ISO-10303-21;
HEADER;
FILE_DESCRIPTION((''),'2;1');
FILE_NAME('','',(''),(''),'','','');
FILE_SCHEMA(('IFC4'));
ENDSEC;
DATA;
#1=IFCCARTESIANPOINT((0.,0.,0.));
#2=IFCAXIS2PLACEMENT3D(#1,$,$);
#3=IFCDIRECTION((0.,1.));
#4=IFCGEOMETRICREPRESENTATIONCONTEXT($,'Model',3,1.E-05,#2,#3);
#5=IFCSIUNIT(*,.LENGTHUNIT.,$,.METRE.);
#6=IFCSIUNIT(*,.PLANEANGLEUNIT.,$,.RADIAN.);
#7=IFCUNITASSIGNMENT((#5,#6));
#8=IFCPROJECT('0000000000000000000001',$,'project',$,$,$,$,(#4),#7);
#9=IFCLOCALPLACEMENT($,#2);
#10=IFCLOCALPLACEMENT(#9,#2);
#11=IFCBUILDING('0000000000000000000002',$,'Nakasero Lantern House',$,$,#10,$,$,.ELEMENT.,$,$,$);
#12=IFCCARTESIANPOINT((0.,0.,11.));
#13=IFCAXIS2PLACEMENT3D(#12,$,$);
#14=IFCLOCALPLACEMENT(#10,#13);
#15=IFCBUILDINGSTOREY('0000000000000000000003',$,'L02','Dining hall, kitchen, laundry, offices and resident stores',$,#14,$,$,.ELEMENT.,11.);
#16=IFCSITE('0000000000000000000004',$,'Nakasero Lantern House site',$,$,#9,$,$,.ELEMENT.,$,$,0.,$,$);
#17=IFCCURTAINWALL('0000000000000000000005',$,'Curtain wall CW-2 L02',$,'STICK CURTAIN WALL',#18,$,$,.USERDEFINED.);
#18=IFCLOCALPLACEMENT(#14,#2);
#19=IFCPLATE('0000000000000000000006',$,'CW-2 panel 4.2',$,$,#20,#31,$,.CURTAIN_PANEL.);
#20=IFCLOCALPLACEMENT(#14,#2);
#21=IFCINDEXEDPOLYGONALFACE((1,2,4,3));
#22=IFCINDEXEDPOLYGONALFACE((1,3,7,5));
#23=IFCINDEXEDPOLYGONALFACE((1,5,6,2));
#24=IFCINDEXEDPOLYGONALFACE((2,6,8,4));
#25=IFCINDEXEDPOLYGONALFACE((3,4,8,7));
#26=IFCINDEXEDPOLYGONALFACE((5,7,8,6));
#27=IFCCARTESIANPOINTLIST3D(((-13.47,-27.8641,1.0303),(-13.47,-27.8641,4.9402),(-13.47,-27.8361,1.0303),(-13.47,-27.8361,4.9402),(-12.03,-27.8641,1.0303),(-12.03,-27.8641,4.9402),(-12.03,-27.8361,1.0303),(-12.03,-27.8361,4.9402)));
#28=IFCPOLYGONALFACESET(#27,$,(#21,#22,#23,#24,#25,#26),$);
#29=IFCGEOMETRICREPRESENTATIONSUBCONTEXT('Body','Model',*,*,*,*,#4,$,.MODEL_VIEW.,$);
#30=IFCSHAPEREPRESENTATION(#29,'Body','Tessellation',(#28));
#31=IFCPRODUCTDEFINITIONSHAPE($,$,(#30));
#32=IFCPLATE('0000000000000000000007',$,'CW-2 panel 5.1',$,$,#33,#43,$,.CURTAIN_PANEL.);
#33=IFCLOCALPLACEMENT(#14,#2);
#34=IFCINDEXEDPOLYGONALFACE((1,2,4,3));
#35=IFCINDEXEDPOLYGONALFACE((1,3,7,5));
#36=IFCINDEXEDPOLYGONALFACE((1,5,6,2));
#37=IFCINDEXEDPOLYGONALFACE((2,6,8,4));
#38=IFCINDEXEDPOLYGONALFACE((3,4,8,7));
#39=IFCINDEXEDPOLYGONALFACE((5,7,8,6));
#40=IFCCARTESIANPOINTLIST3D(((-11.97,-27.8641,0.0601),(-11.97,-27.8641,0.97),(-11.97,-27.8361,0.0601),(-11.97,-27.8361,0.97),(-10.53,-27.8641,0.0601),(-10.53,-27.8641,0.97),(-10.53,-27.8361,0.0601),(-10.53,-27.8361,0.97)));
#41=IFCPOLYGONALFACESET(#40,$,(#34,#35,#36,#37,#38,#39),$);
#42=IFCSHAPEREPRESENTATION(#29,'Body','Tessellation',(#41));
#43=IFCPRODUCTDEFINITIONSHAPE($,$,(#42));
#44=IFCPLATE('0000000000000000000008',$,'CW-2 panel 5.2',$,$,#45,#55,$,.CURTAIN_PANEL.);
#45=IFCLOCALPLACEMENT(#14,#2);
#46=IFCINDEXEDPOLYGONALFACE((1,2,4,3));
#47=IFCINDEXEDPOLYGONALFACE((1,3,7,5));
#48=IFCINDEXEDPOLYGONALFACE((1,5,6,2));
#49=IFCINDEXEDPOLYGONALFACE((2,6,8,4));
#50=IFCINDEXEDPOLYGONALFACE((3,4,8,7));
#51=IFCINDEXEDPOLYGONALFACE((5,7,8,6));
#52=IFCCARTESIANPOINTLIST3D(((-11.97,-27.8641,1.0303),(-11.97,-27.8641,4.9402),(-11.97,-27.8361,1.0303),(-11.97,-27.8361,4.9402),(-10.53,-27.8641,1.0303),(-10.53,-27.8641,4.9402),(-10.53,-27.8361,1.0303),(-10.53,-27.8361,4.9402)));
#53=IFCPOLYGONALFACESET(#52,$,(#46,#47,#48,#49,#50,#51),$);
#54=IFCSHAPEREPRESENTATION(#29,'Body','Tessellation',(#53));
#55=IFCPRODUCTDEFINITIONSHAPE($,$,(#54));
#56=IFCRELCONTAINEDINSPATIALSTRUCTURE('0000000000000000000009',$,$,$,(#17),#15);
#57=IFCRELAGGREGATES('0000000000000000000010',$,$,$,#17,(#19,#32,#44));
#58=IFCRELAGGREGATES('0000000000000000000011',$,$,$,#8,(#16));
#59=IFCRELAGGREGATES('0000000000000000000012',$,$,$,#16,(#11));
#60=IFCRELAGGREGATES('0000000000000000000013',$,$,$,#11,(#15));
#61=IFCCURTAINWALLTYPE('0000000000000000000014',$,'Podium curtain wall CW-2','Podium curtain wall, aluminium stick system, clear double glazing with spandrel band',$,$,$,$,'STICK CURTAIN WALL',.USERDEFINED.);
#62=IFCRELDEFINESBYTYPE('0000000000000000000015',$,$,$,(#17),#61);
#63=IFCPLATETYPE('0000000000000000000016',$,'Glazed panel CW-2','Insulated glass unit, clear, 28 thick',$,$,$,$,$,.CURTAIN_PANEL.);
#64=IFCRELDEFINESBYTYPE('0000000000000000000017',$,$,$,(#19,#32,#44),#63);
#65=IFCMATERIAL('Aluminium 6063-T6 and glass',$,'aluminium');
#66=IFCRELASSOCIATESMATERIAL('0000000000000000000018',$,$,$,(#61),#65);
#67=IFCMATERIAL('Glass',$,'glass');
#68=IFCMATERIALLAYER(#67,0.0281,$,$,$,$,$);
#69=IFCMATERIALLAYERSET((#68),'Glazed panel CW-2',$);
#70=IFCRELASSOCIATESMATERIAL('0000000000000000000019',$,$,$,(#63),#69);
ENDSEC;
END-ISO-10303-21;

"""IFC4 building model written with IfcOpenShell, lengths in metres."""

from ifc_helpers import new_model, si_unit, direction, frame, origin, origin_2d, place, context, subcontext, project, spatial, rectangle, extrude, material, layer, layer_set, type_object, element, aggregate, save


model = new_model("IFC4")

# Units and contexts
model_context = context("Model", 3, precision=1e-05, world=origin(), true_north=direction((0.0, 1.0)))
body_context = subcontext(model_context, "Body", "Model", "MODEL_VIEW")
ifc_project = project(units=[si_unit("LENGTHUNIT", "METRE"), si_unit("PLANEANGLEUNIT", "RADIAN")], contexts=[model_context])

# Site, building, storey
site_placement = place(None, origin())
site = spatial("IfcSite", under=ifc_project, at=site_placement, Name="Nakasero Lantern House site", CompositionType="ELEMENT", RefElevation=0.0)
building_placement = place(site_placement, origin())
building = spatial("IfcBuilding", under=site, at=building_placement, Name="Nakasero Lantern House", CompositionType="ELEMENT")
storey_placement = place(building_placement, frame((0.0, 0.0, 11.0)))
storey = spatial("IfcBuildingStorey", under=building, at=storey_placement, Name="L02", Description="Dining hall, kitchen, laundry, offices and resident stores", CompositionType="ELEMENT", Elevation=11.0)

# Curtain wall, plates
ifc_material_1 = material(Name="Aluminium 6063-T6 and glass", Category="aluminium")
curtain_wall_type = type_object("IfcCurtainWallType", Name="Podium curtain wall CW-2", Description="Podium curtain wall, aluminium stick system, clear double glazing with spandrel band", ElementType="STICK CURTAIN WALL", PredefinedType="USERDEFINED", material=ifc_material_1)
curtain_wall_placement = place(storey_placement, origin())
curtain_wall = element("IfcCurtainWall", 1, at=curtain_wall_placement, inside=storey, type_object=curtain_wall_type, Name="Curtain wall CW-2 L02", ObjectType="STICK CURTAIN WALL", PredefinedType="USERDEFINED")
ifc_material_2 = material(Name="Glass", Category="glass")
ifc_layer = layer(ifc_material_2, 0.0281)
ifc_layer_set = layer_set([ifc_layer], Name="Glazed panel CW-2")
plate_type = type_object("IfcPlateType", Name="Glazed panel CW-2", Description="Insulated glass unit, clear, 28 thick", PredefinedType="CURTAIN_PANEL", material=ifc_layer_set)
plate_1_placement = place(storey_placement, frame((-12.75, -27.8501, 1.0303), z_axis=(0.0, 0.0, 1.0), x_axis=(1.0, 0.0, 0.0)))
plate_1 = element("IfcPlate", 2, at=plate_1_placement, type_object=plate_type, Name="CW-2 panel 4.2", PredefinedType="CURTAIN_PANEL", context=body_context, shape_type="SweptSolid", body=[
    extrude(rectangle(XDim=1.4399, YDim=0.0281, at=origin_2d()), origin(), (0.0, 0.0, 1.0), 3.9099),
])
plate_2_placement = place(storey_placement, frame((-11.25, -27.8501, 0.0601), z_axis=(0.0, 0.0, 1.0), x_axis=(1.0, 0.0, 0.0)))
plate_2 = element("IfcPlate", 3, at=plate_2_placement, type_object=plate_type, Name="CW-2 panel 5.1", PredefinedType="CURTAIN_PANEL", context=body_context, shape_type="SweptSolid", body=[
    extrude(rectangle(XDim=1.4399, YDim=0.0281, at=origin_2d()), origin(), (0.0, 0.0, 1.0), 0.9099),
])
plate_3_placement = place(storey_placement, frame((-11.25, -27.8501, 1.0303), z_axis=(0.0, 0.0, 1.0), x_axis=(1.0, 0.0, 0.0)))
plate_3 = element("IfcPlate", 4, at=plate_3_placement, type_object=plate_type, Name="CW-2 panel 5.2", PredefinedType="CURTAIN_PANEL", context=body_context, shape_type="SweptSolid", body=[
    extrude(rectangle(XDim=1.4399, YDim=0.0281, at=origin_2d()), origin(), (0.0, 0.0, 1.0), 3.9099),
])
aggregate(curtain_wall, [plate_1, plate_2, plate_3])

save(model, "model.ifc")
